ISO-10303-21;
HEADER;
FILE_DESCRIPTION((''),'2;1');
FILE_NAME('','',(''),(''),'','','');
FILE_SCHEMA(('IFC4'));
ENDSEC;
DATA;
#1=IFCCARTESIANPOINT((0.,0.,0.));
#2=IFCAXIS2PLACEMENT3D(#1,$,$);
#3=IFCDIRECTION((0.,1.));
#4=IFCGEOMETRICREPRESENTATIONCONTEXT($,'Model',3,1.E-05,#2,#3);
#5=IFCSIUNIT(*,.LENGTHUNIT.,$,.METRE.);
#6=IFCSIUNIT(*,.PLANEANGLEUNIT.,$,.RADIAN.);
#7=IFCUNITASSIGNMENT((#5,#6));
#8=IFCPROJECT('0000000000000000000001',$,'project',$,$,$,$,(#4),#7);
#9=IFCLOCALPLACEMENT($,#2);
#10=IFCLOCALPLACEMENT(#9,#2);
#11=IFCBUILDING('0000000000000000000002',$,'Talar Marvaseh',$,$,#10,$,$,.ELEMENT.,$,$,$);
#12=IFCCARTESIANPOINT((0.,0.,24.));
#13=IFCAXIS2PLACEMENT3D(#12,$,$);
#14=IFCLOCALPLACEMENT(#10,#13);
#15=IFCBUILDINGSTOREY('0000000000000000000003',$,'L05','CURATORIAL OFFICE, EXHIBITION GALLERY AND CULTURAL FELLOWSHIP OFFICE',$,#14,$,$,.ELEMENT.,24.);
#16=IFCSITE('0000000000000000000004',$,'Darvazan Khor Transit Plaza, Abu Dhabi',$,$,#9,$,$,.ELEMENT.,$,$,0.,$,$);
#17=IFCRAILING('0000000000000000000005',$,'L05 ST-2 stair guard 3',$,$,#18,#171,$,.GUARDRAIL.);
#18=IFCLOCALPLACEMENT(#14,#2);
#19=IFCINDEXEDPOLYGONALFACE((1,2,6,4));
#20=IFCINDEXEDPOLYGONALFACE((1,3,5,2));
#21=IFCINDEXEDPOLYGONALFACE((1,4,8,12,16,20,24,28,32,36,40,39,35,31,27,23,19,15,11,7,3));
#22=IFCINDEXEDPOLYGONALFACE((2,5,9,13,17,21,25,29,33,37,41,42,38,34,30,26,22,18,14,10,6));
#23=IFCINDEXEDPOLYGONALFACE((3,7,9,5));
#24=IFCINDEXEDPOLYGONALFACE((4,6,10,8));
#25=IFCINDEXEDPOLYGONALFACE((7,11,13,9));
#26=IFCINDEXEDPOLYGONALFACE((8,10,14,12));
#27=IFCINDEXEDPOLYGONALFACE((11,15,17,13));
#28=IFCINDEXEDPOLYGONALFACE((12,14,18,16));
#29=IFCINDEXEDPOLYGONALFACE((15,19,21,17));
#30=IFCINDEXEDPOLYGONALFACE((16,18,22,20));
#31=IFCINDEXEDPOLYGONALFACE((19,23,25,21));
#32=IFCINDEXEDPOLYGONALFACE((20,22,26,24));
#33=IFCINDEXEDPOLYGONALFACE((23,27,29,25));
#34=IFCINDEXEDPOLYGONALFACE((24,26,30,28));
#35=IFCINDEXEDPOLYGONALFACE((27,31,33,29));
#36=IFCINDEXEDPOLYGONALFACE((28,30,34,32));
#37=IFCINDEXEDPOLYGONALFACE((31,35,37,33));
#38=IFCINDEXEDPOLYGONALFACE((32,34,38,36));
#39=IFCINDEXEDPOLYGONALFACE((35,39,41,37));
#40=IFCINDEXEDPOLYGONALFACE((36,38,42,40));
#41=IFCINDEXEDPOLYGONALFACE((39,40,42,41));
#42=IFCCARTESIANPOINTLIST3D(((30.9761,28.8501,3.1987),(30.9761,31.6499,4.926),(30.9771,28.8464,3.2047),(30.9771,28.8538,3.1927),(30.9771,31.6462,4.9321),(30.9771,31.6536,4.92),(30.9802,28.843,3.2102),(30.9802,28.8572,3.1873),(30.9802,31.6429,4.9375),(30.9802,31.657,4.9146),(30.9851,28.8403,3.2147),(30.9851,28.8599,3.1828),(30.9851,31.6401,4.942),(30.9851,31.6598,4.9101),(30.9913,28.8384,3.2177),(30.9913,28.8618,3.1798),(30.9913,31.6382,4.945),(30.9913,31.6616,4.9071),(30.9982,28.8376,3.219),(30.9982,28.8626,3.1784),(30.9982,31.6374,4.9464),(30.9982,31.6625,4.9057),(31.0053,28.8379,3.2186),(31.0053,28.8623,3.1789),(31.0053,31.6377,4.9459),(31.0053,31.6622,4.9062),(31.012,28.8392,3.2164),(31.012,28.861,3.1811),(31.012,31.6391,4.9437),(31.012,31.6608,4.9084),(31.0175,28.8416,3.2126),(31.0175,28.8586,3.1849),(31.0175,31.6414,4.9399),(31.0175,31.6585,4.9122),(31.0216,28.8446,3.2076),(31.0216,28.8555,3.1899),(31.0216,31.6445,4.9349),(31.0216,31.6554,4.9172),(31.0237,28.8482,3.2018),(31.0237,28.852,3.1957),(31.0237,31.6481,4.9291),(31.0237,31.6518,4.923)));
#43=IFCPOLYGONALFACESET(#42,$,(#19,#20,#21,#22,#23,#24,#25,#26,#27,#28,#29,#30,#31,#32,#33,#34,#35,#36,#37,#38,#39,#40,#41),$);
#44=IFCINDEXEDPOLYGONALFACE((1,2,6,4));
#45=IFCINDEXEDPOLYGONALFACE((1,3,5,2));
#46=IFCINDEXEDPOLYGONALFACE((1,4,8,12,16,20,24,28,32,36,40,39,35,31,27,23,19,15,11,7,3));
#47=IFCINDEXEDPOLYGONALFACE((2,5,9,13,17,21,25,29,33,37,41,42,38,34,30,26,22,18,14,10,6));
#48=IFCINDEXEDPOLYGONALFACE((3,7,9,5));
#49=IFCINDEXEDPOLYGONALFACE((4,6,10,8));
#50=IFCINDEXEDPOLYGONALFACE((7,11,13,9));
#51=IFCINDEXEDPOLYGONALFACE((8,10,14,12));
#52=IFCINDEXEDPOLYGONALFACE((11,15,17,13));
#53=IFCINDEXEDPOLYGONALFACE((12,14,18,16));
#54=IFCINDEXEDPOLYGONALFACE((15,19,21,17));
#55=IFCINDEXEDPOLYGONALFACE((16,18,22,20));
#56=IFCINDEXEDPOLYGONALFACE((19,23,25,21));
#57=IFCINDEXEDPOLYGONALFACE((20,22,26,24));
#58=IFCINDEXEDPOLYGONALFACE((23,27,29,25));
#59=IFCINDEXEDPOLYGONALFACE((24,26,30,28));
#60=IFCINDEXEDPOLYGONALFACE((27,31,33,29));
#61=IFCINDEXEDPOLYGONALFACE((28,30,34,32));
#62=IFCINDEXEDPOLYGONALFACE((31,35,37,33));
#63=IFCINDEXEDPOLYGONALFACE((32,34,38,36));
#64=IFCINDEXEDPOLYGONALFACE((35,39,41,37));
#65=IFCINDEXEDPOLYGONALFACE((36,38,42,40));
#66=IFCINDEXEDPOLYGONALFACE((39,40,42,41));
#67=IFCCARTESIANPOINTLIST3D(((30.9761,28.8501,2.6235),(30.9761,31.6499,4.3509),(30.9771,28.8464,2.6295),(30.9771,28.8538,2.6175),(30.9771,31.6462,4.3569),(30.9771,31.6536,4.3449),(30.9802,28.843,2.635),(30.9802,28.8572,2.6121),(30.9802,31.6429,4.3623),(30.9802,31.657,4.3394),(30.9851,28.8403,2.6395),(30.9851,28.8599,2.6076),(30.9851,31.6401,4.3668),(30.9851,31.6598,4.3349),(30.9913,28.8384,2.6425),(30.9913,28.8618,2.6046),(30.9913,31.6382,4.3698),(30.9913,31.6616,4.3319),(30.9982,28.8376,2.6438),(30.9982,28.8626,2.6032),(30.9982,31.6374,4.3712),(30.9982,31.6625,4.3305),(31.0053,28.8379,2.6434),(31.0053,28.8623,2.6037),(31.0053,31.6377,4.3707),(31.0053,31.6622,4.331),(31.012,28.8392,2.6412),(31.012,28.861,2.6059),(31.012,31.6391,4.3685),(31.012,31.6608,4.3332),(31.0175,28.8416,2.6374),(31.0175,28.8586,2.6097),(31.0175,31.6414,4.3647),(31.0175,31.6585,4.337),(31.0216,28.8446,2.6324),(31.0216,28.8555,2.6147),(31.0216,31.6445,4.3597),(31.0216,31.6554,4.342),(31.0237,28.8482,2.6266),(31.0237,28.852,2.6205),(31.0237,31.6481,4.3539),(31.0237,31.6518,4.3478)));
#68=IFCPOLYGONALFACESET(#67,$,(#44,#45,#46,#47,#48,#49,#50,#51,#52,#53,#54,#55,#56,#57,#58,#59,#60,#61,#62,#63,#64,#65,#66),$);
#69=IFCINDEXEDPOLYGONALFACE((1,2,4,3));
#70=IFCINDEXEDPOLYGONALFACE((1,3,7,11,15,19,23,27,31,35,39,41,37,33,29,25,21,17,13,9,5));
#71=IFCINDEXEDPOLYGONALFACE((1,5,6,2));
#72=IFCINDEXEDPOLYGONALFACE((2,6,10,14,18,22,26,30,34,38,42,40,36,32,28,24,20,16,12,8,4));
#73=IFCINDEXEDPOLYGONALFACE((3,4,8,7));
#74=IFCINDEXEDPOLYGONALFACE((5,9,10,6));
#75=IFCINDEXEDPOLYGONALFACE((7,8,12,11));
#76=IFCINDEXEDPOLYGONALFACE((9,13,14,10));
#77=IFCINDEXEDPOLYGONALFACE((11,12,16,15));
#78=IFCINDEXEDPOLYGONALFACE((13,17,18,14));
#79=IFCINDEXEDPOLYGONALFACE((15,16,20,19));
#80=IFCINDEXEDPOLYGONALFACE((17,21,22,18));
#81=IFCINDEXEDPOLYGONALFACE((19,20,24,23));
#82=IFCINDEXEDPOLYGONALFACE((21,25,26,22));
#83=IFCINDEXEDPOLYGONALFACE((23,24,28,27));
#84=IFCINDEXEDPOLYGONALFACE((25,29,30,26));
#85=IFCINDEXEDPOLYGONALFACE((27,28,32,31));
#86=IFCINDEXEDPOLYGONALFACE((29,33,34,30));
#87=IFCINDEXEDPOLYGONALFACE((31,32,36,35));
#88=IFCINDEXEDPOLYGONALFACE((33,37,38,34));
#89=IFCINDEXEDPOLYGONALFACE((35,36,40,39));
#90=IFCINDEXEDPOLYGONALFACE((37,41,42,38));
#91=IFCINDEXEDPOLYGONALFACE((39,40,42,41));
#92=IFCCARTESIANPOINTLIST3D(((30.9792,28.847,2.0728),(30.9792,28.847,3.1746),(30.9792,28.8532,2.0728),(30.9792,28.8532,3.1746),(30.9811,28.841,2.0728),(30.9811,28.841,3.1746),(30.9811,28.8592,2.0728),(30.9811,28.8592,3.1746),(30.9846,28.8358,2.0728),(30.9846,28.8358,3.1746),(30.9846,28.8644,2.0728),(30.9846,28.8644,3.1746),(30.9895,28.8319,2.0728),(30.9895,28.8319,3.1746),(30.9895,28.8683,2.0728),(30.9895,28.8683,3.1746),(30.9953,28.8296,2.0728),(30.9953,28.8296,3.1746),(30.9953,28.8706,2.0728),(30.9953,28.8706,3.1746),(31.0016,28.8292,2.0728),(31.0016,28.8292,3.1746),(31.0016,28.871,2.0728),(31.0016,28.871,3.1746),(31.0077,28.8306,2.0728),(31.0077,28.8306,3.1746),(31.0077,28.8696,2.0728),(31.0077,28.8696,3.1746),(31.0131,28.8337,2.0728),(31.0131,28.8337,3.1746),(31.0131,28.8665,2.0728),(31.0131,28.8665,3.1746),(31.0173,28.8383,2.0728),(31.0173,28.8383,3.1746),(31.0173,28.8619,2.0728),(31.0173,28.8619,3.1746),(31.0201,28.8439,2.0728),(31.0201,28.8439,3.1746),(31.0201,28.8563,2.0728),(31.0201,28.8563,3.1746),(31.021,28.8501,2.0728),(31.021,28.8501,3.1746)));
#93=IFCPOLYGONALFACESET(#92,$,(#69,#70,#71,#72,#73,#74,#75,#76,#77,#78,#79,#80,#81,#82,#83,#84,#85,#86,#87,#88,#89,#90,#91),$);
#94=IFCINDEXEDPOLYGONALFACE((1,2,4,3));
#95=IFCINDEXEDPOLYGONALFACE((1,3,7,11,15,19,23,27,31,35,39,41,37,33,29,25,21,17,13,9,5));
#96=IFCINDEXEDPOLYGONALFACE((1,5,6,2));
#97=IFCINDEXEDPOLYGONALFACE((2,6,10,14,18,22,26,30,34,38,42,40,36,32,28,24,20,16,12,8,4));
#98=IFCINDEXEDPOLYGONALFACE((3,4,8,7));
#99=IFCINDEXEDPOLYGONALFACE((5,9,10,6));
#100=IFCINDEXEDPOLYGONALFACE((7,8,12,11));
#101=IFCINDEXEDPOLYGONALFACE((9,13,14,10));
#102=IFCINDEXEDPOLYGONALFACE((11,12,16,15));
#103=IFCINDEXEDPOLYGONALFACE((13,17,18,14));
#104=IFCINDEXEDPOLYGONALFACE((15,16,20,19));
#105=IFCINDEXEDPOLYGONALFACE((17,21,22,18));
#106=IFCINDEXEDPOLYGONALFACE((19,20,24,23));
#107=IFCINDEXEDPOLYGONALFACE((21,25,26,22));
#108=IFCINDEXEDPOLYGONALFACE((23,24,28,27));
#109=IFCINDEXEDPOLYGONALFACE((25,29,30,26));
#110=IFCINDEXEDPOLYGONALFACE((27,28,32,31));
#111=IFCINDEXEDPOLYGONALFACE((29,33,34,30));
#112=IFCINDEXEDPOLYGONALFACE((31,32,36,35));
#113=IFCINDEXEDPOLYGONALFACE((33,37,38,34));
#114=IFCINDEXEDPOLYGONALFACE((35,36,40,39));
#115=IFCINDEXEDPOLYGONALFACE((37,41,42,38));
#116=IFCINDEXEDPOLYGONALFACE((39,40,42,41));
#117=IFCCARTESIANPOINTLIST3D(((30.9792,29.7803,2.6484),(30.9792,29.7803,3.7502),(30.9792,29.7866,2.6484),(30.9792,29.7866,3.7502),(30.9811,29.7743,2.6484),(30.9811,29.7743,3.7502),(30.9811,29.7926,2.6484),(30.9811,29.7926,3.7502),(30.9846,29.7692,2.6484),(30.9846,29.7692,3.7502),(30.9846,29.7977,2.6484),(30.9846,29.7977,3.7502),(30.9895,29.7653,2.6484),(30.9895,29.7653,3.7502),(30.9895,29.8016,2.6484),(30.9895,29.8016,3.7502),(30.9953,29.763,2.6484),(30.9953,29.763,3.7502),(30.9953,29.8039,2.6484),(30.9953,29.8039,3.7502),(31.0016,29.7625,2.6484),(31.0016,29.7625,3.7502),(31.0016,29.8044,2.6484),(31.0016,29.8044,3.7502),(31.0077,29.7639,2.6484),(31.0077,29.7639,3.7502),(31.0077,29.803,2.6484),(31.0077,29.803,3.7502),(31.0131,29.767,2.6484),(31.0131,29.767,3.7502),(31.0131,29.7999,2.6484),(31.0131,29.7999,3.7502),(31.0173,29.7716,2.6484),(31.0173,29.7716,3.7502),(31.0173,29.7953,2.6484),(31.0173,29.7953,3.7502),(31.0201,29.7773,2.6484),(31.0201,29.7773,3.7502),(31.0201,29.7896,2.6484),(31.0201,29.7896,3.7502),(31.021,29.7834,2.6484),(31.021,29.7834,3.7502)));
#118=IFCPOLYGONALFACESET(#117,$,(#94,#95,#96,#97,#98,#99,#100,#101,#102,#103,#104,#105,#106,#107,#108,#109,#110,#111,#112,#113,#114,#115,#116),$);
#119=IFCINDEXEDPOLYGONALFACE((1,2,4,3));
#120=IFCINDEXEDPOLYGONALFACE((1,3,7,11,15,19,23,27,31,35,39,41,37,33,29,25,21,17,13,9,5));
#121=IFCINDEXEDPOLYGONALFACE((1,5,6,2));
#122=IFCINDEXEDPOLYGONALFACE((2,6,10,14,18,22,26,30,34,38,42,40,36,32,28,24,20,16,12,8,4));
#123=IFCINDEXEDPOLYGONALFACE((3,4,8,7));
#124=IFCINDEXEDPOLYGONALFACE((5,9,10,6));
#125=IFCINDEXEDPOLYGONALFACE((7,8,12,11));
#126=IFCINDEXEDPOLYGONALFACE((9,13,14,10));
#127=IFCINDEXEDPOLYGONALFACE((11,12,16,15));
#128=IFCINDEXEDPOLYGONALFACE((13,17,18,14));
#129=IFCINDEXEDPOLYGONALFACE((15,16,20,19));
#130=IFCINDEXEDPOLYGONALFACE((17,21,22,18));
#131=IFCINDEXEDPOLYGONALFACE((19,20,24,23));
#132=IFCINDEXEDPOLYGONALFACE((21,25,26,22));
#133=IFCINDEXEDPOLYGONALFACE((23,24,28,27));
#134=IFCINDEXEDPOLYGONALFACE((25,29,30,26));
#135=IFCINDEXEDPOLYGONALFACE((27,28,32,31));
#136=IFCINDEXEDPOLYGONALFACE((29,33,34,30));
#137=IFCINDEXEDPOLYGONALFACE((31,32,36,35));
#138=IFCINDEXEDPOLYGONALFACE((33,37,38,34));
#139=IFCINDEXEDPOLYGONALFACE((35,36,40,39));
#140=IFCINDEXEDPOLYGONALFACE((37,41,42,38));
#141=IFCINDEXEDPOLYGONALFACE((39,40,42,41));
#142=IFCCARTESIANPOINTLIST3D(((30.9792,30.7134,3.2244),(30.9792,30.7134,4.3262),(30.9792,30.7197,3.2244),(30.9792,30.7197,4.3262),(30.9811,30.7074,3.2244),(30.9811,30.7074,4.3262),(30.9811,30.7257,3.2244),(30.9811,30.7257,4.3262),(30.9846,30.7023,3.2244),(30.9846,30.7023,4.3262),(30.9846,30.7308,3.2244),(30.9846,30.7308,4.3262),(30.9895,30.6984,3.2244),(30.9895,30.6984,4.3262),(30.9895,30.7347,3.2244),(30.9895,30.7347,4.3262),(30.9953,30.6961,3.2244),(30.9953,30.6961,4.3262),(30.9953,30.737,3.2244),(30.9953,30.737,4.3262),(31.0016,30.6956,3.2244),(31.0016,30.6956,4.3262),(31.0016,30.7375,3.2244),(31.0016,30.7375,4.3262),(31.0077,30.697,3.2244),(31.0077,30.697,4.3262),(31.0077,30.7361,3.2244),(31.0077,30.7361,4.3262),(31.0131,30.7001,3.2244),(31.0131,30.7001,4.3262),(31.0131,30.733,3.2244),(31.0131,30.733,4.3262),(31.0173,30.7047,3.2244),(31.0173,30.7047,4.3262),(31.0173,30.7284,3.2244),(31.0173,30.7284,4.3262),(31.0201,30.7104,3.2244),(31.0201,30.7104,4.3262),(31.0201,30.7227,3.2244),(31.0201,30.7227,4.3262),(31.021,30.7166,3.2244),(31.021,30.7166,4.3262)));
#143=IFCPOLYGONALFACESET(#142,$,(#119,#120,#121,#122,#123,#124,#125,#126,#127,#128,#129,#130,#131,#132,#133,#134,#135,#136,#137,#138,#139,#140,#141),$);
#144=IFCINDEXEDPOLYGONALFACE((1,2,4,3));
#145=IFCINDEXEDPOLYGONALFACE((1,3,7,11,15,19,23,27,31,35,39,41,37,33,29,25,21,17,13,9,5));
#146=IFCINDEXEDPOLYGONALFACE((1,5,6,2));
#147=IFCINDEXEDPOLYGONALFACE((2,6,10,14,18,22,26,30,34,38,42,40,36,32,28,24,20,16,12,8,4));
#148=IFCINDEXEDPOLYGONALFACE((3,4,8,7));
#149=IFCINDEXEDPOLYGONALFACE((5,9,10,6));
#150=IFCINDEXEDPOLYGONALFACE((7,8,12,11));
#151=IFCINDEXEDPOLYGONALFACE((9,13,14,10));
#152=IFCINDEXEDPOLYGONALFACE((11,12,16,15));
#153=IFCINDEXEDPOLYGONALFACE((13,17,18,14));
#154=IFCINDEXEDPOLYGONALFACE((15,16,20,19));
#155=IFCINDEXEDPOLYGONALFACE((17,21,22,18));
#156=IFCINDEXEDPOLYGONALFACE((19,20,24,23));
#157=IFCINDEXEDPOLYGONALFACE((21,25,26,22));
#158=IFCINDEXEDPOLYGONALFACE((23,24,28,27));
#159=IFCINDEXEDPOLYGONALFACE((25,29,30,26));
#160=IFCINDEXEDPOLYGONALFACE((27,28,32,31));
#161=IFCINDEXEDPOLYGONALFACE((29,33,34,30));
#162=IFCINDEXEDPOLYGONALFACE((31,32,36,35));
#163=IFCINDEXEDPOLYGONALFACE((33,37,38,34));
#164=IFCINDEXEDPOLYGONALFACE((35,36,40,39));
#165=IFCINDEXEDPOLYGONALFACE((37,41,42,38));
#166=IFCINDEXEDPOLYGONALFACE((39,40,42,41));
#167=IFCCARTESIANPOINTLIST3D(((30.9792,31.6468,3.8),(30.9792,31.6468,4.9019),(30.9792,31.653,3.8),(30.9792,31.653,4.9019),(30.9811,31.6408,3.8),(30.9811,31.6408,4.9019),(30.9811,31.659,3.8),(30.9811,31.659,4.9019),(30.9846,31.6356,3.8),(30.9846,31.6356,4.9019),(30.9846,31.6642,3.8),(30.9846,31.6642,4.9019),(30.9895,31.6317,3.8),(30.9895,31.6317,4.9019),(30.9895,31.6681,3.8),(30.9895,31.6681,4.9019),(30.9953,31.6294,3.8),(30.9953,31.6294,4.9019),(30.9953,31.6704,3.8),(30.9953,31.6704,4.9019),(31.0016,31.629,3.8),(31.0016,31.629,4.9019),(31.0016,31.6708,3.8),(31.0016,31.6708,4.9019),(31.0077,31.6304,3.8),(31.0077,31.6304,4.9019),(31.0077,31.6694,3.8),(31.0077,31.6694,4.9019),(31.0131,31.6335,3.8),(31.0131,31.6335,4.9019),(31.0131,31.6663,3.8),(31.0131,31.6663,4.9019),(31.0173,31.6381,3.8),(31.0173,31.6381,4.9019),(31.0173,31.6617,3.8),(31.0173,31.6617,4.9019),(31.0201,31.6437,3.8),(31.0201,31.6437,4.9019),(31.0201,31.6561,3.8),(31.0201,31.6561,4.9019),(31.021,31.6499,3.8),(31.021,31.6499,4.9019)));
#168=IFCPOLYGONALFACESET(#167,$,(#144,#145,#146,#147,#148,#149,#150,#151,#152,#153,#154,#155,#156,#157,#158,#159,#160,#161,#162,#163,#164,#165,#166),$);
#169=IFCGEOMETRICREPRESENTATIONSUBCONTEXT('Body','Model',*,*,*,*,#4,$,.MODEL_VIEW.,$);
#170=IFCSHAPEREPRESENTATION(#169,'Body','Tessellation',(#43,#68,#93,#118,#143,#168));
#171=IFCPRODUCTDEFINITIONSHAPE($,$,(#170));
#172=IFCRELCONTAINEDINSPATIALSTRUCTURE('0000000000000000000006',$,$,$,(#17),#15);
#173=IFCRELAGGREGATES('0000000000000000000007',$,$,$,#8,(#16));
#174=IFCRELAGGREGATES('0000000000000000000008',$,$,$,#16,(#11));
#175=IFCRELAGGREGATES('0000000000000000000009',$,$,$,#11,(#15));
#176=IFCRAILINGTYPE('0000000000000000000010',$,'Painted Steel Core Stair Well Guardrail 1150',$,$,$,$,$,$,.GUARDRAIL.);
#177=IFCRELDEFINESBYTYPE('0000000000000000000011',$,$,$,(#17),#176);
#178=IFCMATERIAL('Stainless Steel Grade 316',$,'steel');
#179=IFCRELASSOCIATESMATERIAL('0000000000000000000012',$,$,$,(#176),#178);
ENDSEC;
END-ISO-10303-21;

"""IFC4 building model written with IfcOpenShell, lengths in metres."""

from ifc_helpers import new_model, si_unit, direction, frame, origin, origin_2d, place, context, subcontext, project, spatial, circle, extrude, material, type_object, element, save


model = new_model("IFC4")

# Units and contexts
model_context = context("Model", 3, precision=1e-05, world=origin(), true_north=direction((0.0, 1.0)))
body_context = subcontext(model_context, "Body", "Model", "MODEL_VIEW")
ifc_project = project(units=[si_unit("LENGTHUNIT", "METRE"), si_unit("PLANEANGLEUNIT", "RADIAN")], contexts=[model_context])

# Site, building, storey
site_placement = place(None, origin())
site = spatial("IfcSite", under=ifc_project, at=site_placement, Name="Darvazan Khor Transit Plaza, Abu Dhabi", CompositionType="ELEMENT", RefElevation=0.0)
building_placement = place(site_placement, origin())
building = spatial("IfcBuilding", under=site, at=building_placement, Name="Talar Marvaseh", CompositionType="ELEMENT")
storey_placement = place(building_placement, frame((0.0, 0.0, 24.0)))
storey = spatial("IfcBuildingStorey", under=building, at=storey_placement, Name="L05", Description="CURATORIAL OFFICE, EXHIBITION GALLERY AND CULTURAL FELLOWSHIP OFFICE", CompositionType="ELEMENT", Elevation=24.0)

# Shared definitions
ifc_material_1 = material(Name="Stainless Steel Grade 316", Category="steel")

# Railing
railing_type_1 = type_object("IfcRailingType", Name="Painted Steel Core Stair Well Guardrail 1150", PredefinedType="GUARDRAIL", material=ifc_material_1)
railing_1_placement = place(storey_placement, frame((31.0, 28.8501, 2.0728)))
element("IfcRailing", 1, at=railing_1_placement, inside=storey, type_object=railing_type_1, Name="L05 ST-2 stair guard 3", PredefinedType="GUARDRAIL", context=body_context, shape_type="SweptSolid", body=[
    extrude(circle(Radius=0.0239, at=origin_2d()), frame((0.0, 0.0, 1.126), z_axis=(0.0, 0.851069, 0.525054), x_axis=(-1.0, 0.0, 0.0)), (0.0, 0.0, 1.0), 3.2898),
    extrude(circle(Radius=0.0239, at=origin_2d()), frame((0.0, 0.0, 0.5508), z_axis=(0.0, 0.851069, 0.525054), x_axis=(-1.0, 0.0, 0.0)), (0.0, 0.0, 1.0), 3.2898),
    extrude(circle(Radius=0.021, at=origin_2d()), origin(), (0.0, 0.0, 1.0), 1.1018),
    extrude(circle(Radius=0.021, at=origin_2d()), frame((0.0, 0.9333, 0.5757)), (0.0, 0.0, 1.0), 1.1018),
    extrude(circle(Radius=0.021, at=origin_2d()), frame((0.0, 1.8665, 1.1516)), (0.0, 0.0, 1.0), 1.1018),
    extrude(circle(Radius=0.021, at=origin_2d()), frame((0.0, 2.7998, 1.7273)), (0.0, 0.0, 1.0), 1.1018),
])

save(model, "model.ifc")
